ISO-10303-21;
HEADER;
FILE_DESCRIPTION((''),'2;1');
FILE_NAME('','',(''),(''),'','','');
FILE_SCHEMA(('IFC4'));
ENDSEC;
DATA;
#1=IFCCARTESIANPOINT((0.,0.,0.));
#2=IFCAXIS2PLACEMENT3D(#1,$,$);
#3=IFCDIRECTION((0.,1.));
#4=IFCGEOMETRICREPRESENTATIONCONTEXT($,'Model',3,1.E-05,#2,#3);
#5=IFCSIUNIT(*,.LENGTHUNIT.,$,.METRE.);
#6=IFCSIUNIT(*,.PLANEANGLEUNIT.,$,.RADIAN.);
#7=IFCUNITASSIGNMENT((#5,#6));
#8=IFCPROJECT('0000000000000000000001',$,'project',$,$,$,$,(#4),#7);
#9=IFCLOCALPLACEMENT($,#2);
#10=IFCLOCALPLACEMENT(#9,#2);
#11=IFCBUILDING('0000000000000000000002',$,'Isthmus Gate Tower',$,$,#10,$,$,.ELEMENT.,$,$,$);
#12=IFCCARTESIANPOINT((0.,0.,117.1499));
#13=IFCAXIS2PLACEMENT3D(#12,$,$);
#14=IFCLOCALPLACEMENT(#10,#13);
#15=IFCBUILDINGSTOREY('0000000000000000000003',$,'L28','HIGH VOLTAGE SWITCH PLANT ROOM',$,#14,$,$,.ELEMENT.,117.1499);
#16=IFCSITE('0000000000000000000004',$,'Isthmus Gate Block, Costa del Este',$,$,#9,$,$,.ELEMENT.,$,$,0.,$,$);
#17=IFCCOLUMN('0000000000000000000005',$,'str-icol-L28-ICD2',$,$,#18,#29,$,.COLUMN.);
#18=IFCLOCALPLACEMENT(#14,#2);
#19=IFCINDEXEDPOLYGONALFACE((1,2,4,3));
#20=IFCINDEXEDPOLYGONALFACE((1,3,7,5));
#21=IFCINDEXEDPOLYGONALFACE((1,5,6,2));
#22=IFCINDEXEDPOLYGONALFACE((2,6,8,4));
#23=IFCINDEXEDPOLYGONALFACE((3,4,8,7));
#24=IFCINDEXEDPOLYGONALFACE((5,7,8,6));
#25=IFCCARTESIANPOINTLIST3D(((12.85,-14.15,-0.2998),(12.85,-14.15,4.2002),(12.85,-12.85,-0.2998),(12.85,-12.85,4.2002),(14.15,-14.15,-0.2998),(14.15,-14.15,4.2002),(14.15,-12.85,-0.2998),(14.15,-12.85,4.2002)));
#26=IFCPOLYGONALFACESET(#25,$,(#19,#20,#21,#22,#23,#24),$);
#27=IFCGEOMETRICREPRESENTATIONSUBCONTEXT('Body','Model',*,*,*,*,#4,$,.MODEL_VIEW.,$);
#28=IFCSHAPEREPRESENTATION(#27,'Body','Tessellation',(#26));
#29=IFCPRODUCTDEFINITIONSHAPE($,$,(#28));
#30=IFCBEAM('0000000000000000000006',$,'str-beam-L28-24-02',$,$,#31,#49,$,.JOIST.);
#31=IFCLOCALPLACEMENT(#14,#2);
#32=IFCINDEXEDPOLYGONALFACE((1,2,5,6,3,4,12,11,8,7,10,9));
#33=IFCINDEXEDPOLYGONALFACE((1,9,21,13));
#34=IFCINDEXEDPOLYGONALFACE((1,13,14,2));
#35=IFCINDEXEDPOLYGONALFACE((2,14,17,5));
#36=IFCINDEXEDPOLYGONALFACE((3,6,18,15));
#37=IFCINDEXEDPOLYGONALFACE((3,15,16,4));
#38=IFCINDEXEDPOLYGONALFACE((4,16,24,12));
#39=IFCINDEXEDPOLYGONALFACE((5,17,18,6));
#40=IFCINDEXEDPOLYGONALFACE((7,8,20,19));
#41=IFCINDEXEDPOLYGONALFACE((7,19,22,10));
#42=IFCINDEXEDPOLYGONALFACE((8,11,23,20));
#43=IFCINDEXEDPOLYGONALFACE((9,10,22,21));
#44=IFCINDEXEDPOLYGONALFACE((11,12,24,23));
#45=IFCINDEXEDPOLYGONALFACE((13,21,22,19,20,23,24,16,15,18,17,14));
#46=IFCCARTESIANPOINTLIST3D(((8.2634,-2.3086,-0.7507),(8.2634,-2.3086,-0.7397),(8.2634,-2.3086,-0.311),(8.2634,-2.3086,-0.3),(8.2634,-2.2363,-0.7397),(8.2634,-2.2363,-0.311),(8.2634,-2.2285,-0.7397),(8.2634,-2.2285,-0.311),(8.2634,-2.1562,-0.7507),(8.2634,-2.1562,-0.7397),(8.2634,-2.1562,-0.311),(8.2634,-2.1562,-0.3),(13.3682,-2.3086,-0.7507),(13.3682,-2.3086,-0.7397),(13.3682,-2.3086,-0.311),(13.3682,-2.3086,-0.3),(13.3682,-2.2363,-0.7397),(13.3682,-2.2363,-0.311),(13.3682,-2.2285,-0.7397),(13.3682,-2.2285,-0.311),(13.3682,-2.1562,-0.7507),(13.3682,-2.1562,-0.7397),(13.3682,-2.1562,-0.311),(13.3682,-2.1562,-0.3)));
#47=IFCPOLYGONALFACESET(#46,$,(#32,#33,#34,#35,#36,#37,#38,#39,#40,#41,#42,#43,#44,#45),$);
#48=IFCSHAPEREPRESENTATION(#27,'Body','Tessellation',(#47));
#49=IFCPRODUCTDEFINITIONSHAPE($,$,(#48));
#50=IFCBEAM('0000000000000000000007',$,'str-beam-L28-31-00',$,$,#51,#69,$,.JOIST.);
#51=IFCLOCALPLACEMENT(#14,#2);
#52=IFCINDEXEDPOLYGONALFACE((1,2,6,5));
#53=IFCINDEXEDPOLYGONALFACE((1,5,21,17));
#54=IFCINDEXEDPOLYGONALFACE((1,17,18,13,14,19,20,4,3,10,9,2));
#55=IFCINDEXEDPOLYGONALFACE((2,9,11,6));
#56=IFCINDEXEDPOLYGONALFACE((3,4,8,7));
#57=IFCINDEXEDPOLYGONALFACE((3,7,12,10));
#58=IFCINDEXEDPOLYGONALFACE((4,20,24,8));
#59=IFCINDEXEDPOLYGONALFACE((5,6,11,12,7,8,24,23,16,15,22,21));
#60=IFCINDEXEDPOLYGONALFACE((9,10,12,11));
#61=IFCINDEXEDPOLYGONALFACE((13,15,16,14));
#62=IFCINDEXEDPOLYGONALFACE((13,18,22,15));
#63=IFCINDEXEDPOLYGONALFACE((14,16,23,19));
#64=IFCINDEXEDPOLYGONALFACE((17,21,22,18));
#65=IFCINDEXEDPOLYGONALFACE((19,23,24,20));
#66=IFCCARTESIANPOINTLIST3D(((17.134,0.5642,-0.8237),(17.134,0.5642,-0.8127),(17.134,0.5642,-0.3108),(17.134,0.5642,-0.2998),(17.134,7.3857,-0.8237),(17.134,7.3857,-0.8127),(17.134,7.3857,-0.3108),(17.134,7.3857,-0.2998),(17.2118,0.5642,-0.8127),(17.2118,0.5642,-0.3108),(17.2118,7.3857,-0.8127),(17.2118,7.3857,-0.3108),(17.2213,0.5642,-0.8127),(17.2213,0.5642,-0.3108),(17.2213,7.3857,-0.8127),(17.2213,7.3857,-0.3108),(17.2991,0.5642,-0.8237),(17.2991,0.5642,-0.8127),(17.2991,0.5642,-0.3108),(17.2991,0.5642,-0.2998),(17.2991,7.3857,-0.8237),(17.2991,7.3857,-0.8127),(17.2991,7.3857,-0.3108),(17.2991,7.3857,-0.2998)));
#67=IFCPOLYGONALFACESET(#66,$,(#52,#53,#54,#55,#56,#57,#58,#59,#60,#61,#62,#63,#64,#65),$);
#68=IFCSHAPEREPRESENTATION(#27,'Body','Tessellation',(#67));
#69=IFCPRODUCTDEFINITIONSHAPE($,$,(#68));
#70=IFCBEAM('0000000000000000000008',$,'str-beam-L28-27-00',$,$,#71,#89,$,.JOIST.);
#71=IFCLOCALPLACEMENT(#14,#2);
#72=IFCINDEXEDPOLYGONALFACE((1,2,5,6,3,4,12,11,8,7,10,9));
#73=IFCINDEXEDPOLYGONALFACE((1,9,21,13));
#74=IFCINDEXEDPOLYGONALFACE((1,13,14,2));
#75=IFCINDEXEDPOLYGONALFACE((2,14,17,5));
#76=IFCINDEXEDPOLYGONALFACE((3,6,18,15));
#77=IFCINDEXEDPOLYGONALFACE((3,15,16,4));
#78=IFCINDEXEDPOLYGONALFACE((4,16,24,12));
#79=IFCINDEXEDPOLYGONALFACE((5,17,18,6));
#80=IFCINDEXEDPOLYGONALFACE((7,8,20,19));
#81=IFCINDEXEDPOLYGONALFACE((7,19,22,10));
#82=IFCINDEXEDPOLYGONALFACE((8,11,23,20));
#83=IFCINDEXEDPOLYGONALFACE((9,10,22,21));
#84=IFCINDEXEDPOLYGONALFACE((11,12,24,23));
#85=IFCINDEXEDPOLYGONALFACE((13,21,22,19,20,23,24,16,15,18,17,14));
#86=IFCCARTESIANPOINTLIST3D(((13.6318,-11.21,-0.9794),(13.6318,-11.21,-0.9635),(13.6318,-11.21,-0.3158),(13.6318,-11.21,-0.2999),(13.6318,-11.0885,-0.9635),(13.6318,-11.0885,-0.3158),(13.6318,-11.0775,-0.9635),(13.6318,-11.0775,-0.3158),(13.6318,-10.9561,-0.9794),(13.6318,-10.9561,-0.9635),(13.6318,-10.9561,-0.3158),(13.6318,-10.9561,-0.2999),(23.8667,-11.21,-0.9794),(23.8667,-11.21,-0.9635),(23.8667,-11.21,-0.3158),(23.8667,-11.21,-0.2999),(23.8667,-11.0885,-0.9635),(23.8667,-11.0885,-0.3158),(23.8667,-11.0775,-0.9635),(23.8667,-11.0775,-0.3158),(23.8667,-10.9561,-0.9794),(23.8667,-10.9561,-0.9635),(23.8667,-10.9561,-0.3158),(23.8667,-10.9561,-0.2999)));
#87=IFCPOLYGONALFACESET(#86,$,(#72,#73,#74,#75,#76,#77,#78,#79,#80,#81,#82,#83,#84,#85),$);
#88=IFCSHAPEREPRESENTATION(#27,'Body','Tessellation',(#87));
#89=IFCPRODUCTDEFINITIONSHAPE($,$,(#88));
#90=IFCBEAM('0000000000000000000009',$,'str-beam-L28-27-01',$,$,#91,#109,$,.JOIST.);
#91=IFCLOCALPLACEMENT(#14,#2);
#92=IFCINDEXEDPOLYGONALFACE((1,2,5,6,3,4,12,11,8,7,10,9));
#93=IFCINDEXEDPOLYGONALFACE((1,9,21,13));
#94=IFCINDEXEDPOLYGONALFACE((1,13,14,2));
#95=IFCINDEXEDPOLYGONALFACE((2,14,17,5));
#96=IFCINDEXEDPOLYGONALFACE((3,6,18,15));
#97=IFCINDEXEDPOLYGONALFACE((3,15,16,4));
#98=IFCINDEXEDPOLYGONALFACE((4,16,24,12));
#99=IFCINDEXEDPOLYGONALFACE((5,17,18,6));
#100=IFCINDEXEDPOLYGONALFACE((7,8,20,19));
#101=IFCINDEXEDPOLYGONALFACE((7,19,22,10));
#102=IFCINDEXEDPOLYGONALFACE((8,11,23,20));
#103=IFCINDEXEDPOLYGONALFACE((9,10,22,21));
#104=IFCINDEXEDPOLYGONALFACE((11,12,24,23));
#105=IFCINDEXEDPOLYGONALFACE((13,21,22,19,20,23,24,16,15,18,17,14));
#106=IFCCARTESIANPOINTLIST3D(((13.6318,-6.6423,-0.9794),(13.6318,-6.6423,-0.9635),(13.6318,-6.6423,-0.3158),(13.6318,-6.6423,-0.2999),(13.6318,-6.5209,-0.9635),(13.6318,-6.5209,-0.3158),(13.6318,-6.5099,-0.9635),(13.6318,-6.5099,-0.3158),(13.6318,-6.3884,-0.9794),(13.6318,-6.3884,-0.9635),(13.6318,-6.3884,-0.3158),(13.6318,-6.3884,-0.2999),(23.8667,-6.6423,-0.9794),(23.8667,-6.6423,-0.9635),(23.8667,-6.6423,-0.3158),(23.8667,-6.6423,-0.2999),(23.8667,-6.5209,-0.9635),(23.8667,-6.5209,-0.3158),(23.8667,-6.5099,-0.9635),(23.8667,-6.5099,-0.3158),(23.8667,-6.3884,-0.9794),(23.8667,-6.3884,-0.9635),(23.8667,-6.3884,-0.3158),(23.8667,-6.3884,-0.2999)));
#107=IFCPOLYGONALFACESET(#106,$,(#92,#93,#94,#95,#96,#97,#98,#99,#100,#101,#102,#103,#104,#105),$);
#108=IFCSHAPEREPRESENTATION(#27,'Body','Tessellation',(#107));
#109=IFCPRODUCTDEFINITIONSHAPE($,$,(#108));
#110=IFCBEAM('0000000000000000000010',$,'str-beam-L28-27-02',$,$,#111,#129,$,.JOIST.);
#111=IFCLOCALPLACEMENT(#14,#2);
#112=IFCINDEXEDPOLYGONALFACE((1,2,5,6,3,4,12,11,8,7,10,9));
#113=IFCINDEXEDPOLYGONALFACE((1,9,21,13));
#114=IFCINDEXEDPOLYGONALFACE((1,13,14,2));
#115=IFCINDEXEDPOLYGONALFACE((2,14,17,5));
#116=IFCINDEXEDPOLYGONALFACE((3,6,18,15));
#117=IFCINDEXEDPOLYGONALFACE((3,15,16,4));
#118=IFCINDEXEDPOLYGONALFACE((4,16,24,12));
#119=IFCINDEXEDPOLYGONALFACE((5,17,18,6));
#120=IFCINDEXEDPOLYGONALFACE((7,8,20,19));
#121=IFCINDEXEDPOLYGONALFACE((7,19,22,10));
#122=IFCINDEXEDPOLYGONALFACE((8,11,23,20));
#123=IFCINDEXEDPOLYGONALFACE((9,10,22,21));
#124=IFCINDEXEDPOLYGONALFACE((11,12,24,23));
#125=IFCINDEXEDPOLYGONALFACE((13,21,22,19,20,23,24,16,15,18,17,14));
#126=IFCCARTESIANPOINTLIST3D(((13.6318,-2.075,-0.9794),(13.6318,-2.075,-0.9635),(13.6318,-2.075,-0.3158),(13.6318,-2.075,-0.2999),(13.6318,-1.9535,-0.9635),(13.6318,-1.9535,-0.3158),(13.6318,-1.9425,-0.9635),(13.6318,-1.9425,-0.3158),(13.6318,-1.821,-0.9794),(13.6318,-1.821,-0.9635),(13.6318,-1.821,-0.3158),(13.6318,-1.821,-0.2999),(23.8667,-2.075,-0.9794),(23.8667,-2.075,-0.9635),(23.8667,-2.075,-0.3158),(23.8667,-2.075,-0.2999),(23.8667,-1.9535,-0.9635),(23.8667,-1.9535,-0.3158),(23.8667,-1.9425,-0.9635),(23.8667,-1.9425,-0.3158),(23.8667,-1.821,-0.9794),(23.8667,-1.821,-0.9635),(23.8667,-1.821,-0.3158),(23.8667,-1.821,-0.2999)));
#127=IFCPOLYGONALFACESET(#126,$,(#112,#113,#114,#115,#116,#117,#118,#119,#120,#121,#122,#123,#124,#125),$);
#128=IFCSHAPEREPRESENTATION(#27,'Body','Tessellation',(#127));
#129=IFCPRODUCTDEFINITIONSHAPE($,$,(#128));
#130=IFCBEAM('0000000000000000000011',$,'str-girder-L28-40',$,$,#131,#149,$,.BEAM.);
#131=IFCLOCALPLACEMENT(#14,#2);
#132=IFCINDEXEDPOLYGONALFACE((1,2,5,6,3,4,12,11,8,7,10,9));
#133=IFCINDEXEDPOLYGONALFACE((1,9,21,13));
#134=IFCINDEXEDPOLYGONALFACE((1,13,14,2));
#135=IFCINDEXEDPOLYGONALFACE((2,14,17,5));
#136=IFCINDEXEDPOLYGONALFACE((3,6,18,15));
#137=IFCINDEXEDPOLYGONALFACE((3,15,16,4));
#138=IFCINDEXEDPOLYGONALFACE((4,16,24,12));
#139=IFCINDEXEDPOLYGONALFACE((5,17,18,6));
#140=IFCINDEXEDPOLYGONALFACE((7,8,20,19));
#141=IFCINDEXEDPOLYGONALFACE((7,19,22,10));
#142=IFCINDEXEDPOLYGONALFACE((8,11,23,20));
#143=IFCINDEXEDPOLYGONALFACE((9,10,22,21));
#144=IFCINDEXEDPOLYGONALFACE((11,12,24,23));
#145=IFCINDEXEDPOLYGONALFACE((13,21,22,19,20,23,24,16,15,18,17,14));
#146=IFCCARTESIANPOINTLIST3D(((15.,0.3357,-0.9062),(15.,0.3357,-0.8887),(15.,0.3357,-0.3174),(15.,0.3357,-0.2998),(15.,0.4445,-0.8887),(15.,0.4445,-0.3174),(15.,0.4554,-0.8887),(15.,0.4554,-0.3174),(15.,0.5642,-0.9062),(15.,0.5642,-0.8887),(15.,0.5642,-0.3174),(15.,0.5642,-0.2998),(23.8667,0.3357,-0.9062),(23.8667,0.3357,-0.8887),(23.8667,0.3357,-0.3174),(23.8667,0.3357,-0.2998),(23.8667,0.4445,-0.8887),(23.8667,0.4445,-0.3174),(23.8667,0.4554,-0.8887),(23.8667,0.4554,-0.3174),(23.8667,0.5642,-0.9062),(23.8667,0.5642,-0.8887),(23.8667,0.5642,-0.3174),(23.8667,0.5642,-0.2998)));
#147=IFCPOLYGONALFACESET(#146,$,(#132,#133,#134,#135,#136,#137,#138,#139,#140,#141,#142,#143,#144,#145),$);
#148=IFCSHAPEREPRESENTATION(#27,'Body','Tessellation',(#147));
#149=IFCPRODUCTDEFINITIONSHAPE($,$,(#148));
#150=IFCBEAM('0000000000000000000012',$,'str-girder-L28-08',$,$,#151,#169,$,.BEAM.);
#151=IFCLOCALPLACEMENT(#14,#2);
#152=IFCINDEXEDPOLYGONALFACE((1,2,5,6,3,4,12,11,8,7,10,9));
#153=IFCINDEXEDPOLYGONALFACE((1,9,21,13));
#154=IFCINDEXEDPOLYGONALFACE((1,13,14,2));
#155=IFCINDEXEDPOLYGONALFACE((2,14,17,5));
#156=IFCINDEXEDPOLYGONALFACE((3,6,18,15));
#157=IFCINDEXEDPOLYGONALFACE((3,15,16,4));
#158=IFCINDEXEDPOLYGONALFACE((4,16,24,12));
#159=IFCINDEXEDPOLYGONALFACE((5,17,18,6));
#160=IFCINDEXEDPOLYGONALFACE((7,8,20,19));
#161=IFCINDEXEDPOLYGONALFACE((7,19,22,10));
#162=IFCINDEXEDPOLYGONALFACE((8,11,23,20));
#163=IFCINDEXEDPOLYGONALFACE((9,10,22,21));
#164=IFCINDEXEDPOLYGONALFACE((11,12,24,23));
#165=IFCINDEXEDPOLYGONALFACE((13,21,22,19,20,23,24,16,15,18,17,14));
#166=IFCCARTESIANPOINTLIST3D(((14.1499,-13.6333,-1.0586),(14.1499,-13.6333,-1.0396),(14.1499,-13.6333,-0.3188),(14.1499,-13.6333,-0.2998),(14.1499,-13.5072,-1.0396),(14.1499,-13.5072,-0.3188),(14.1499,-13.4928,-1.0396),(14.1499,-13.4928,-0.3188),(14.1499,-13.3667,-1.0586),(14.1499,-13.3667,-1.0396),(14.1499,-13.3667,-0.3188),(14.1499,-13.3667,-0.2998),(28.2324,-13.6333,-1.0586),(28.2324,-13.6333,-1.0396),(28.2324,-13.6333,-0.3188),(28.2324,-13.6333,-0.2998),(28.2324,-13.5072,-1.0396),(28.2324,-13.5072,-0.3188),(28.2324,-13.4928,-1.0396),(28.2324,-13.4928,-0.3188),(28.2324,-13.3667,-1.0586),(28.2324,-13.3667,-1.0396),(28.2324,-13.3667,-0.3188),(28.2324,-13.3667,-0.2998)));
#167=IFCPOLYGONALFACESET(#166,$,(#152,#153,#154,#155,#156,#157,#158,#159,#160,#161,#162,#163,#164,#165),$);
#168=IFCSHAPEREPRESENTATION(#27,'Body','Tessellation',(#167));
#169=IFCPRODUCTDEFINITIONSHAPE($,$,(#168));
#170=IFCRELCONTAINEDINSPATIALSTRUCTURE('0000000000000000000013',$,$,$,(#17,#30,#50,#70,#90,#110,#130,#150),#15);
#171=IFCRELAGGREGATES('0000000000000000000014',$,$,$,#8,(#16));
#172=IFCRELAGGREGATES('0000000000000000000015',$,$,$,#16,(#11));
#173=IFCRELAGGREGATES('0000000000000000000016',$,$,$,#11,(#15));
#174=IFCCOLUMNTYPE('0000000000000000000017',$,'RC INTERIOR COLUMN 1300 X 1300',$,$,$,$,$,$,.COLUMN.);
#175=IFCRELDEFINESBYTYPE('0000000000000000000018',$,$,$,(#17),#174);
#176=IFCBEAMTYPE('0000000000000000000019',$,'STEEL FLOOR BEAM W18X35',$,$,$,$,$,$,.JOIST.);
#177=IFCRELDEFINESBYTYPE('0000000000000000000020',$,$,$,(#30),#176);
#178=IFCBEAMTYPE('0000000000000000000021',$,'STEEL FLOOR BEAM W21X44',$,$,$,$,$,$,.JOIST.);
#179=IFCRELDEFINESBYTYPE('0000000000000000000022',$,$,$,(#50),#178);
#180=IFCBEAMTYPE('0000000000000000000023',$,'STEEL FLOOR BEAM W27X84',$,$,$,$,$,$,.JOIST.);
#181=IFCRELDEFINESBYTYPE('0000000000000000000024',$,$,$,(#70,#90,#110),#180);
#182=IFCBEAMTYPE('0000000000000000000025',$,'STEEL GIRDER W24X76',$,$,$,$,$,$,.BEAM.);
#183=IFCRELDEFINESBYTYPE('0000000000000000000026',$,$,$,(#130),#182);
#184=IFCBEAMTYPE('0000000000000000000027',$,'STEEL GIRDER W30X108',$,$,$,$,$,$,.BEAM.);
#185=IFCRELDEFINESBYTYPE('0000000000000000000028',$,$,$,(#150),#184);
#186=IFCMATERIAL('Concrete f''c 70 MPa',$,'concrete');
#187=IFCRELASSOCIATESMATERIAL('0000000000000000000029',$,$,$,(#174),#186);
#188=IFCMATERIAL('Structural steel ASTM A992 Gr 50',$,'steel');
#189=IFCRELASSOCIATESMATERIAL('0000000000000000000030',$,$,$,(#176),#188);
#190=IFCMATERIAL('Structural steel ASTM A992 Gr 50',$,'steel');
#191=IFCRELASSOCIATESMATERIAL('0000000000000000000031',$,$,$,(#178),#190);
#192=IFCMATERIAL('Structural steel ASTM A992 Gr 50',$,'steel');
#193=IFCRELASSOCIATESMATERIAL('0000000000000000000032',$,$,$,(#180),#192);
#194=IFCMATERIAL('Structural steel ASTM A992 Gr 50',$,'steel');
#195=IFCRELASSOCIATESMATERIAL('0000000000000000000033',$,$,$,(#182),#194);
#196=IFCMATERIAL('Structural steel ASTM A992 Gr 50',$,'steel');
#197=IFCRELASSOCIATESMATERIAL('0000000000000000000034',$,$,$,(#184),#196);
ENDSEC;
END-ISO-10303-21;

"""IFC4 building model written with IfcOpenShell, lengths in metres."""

from ifc_helpers import new_model, si_unit, direction, frame, origin, origin_2d, place, context, subcontext, project, spatial, rectangle, i_section, extrude, material, material_profile, profile_set, type_object, element, save


model = new_model("IFC4")

# Units and contexts
model_context = context("Model", 3, precision=1e-05, world=origin(), true_north=direction((0.0, 1.0)))
body_context = subcontext(model_context, "Body", "Model", "MODEL_VIEW")
ifc_project = project(units=[si_unit("LENGTHUNIT", "METRE"), si_unit("PLANEANGLEUNIT", "RADIAN")], contexts=[model_context])

# Site, building, storey
site_placement = place(None, origin())
site = spatial("IfcSite", under=ifc_project, at=site_placement, Name="Isthmus Gate Block, Costa del Este", CompositionType="ELEMENT", RefElevation=0.0)
building_placement = place(site_placement, origin())
building = spatial("IfcBuilding", under=site, at=building_placement, Name="Isthmus Gate Tower", CompositionType="ELEMENT")
storey_placement = place(building_placement, frame((0.0, 0.0, 117.1499)))
storey = spatial("IfcBuildingStorey", under=building, at=storey_placement, Name="L28", Description="HIGH VOLTAGE SWITCH PLANT ROOM", CompositionType="ELEMENT", Elevation=117.1499)

# Column
ifc_material_1 = material(Name="Concrete f'c 70 MPa", Category="concrete")
ifc_material_profile_1 = material_profile(ifc_material_1, rectangle(XDim=1.3, YDim=1.3, at=origin_2d()), Name="RC 1300X1300")
ifc_profile_set_1 = profile_set([ifc_material_profile_1], Name="Concrete f'c 70 MPa")
column_type = type_object("IfcColumnType", Name="RC INTERIOR COLUMN 1300 X 1300", PredefinedType="COLUMN", material=ifc_profile_set_1)
column_placement = place(storey_placement, frame((13.5, -13.5, -0.2998), z_axis=(0.0, 0.0, 1.0), x_axis=(1.0, 0.0, 0.0)))
element("IfcColumn", 1, at=column_placement, inside=storey, type_object=column_type, Name="str-icol-L28-ICD2", PredefinedType="COLUMN", context=body_context, shape_type="SweptSolid", body=[
    extrude(rectangle(XDim=1.3, YDim=1.3, at=origin_2d()), origin(), (0.0, 0.0, 1.0), 4.5),
])

# Beams
ifc_material_2 = material(Name="Structural steel ASTM A992 Gr 50", Category="steel")
ifc_material_profile_2 = material_profile(ifc_material_2, i_section(OverallWidth=0.1523, OverallDepth=0.4507, WebThickness=0.0078, FlangeThickness=0.011, at=origin_2d()), Name="W18X35")
ifc_profile_set_2 = profile_set([ifc_material_profile_2], Name="Structural steel ASTM A992 Gr 50")
beam_type_1 = type_object("IfcBeamType", Name="STEEL FLOOR BEAM W18X35", PredefinedType="JOIST", material=ifc_profile_set_2)
beam_1_placement = place(storey_placement, frame((8.2634, -2.2324, -0.5254), z_axis=(1.0, 0.0, 0.0), x_axis=(0.0, 1.0, 0.0)))
element("IfcBeam", 2, at=beam_1_placement, inside=storey, type_object=beam_type_1, Name="str-beam-L28-24-02", PredefinedType="JOIST", context=body_context, shape_type="SweptSolid", body=[
    extrude(i_section(OverallWidth=0.1523, OverallDepth=0.4507, WebThickness=0.0078, FlangeThickness=0.011, at=origin_2d()), origin(), (0.0, 0.0, 1.0), 5.1047),
])
ifc_material_3 = material(Name="Structural steel ASTM A992 Gr 50", Category="steel")
ifc_material_profile_3 = material_profile(ifc_material_3, i_section(OverallWidth=0.165, OverallDepth=0.5239, WebThickness=0.0095, FlangeThickness=0.011, at=origin_2d()), Name="W21X44")
ifc_profile_set_3 = profile_set([ifc_material_profile_3], Name="Structural steel ASTM A992 Gr 50")
beam_type_2 = type_object("IfcBeamType", Name="STEEL FLOOR BEAM W21X44", PredefinedType="JOIST", material=ifc_profile_set_3)
beam_2_placement = place(storey_placement, frame((17.2166, 0.5642, -0.5618), z_axis=(0.0, 1.0, 0.0), x_axis=(-1.0, 0.0, 0.0)))
element("IfcBeam", 3, at=beam_2_placement, inside=storey, type_object=beam_type_2, Name="str-beam-L28-31-00", PredefinedType="JOIST", context=body_context, shape_type="SweptSolid", body=[
    extrude(i_section(OverallWidth=0.165, OverallDepth=0.5239, WebThickness=0.0095, FlangeThickness=0.011, at=origin_2d()), origin(), (0.0, 0.0, 1.0), 6.8215),
])
ifc_material_4 = material(Name="Structural steel ASTM A992 Gr 50", Category="steel")
ifc_material_profile_4 = material_profile(ifc_material_4, i_section(OverallWidth=0.2539, OverallDepth=0.6794, WebThickness=0.011, FlangeThickness=0.0159, at=origin_2d()), Name="W27X84")
ifc_profile_set_4 = profile_set([ifc_material_profile_4], Name="Structural steel ASTM A992 Gr 50")
beam_type_3 = type_object("IfcBeamType", Name="STEEL FLOOR BEAM W27X84", PredefinedType="JOIST", material=ifc_profile_set_4)
for number, where, z_axis, x_axis, name in (
    (4, (13.6318, -11.083, -0.6396), (1.0, 0.0, 0.0), (0.0, 1.0, 0.0), "str-beam-L28-27-00"),
    (5, (13.6318, -6.5154, -0.6396), (1.0, 0.0, 0.0), (0.0, 1.0, 0.0), "str-beam-L28-27-01"),
    (6, (13.6318, -1.948, -0.6396), (1.0, 0.0, 0.0), (0.0, 1.0, 0.0), "str-beam-L28-27-02"),
):
    element("IfcBeam", number, at=place(storey_placement, frame(where, z_axis=z_axis, x_axis=x_axis)), inside=storey, type_object=beam_type_3, Name=name, PredefinedType="JOIST", context=body_context, shape_type="SweptSolid", body=[
        extrude(i_section(OverallWidth=0.2539, OverallDepth=0.6794, WebThickness=0.011, FlangeThickness=0.0159, at=origin_2d()), origin(), (0.0, 0.0, 1.0), 10.2349),
    ])
ifc_material_5 = material(Name="Structural steel ASTM A992 Gr 50", Category="steel")
ifc_material_profile_5 = material_profile(ifc_material_5, i_section(OverallWidth=0.2285, OverallDepth=0.6064, WebThickness=0.011, FlangeThickness=0.0176, at=origin_2d()), Name="W24X76")
ifc_profile_set_5 = profile_set([ifc_material_profile_5], Name="Structural steel ASTM A992 Gr 50")
beam_type_4 = type_object("IfcBeamType", Name="STEEL GIRDER W24X76", PredefinedType="BEAM", material=ifc_profile_set_5)
beam_3_placement = place(storey_placement, frame((15.0, 0.45, -0.603), z_axis=(1.0, 0.0, 0.0), x_axis=(0.0, 1.0, 0.0)))
element("IfcBeam", 7, at=beam_3_placement, inside=storey, type_object=beam_type_4, Name="str-girder-L28-40", PredefinedType="BEAM", context=body_context, shape_type="SweptSolid", body=[
    extrude(i_section(OverallWidth=0.2285, OverallDepth=0.6064, WebThickness=0.011, FlangeThickness=0.0176, at=origin_2d()), origin(), (0.0, 0.0, 1.0), 8.8667),
])
ifc_material_6 = material(Name="Structural steel ASTM A992 Gr 50", Category="steel")
ifc_material_profile_6 = material_profile(ifc_material_6, i_section(OverallWidth=0.2666, OverallDepth=0.7588, WebThickness=0.0144, FlangeThickness=0.019, at=origin_2d()), Name="W30X108")
ifc_profile_set_6 = profile_set([ifc_material_profile_6], Name="Structural steel ASTM A992 Gr 50")
beam_type_5 = type_object("IfcBeamType", Name="STEEL GIRDER W30X108", PredefinedType="BEAM", material=ifc_profile_set_6)
beam_4_placement = place(storey_placement, frame((14.1499, -13.5, -0.6792), z_axis=(1.0, 0.0, 0.0), x_axis=(0.0, 1.0, 0.0)))
element("IfcBeam", 8, at=beam_4_placement, inside=storey, type_object=beam_type_5, Name="str-girder-L28-08", PredefinedType="BEAM", context=body_context, shape_type="SweptSolid", body=[
    extrude(i_section(OverallWidth=0.2666, OverallDepth=0.7588, WebThickness=0.0144, FlangeThickness=0.019, at=origin_2d()), origin(), (0.0, 0.0, 1.0), 14.0825),
])

save(model, "model.ifc")
